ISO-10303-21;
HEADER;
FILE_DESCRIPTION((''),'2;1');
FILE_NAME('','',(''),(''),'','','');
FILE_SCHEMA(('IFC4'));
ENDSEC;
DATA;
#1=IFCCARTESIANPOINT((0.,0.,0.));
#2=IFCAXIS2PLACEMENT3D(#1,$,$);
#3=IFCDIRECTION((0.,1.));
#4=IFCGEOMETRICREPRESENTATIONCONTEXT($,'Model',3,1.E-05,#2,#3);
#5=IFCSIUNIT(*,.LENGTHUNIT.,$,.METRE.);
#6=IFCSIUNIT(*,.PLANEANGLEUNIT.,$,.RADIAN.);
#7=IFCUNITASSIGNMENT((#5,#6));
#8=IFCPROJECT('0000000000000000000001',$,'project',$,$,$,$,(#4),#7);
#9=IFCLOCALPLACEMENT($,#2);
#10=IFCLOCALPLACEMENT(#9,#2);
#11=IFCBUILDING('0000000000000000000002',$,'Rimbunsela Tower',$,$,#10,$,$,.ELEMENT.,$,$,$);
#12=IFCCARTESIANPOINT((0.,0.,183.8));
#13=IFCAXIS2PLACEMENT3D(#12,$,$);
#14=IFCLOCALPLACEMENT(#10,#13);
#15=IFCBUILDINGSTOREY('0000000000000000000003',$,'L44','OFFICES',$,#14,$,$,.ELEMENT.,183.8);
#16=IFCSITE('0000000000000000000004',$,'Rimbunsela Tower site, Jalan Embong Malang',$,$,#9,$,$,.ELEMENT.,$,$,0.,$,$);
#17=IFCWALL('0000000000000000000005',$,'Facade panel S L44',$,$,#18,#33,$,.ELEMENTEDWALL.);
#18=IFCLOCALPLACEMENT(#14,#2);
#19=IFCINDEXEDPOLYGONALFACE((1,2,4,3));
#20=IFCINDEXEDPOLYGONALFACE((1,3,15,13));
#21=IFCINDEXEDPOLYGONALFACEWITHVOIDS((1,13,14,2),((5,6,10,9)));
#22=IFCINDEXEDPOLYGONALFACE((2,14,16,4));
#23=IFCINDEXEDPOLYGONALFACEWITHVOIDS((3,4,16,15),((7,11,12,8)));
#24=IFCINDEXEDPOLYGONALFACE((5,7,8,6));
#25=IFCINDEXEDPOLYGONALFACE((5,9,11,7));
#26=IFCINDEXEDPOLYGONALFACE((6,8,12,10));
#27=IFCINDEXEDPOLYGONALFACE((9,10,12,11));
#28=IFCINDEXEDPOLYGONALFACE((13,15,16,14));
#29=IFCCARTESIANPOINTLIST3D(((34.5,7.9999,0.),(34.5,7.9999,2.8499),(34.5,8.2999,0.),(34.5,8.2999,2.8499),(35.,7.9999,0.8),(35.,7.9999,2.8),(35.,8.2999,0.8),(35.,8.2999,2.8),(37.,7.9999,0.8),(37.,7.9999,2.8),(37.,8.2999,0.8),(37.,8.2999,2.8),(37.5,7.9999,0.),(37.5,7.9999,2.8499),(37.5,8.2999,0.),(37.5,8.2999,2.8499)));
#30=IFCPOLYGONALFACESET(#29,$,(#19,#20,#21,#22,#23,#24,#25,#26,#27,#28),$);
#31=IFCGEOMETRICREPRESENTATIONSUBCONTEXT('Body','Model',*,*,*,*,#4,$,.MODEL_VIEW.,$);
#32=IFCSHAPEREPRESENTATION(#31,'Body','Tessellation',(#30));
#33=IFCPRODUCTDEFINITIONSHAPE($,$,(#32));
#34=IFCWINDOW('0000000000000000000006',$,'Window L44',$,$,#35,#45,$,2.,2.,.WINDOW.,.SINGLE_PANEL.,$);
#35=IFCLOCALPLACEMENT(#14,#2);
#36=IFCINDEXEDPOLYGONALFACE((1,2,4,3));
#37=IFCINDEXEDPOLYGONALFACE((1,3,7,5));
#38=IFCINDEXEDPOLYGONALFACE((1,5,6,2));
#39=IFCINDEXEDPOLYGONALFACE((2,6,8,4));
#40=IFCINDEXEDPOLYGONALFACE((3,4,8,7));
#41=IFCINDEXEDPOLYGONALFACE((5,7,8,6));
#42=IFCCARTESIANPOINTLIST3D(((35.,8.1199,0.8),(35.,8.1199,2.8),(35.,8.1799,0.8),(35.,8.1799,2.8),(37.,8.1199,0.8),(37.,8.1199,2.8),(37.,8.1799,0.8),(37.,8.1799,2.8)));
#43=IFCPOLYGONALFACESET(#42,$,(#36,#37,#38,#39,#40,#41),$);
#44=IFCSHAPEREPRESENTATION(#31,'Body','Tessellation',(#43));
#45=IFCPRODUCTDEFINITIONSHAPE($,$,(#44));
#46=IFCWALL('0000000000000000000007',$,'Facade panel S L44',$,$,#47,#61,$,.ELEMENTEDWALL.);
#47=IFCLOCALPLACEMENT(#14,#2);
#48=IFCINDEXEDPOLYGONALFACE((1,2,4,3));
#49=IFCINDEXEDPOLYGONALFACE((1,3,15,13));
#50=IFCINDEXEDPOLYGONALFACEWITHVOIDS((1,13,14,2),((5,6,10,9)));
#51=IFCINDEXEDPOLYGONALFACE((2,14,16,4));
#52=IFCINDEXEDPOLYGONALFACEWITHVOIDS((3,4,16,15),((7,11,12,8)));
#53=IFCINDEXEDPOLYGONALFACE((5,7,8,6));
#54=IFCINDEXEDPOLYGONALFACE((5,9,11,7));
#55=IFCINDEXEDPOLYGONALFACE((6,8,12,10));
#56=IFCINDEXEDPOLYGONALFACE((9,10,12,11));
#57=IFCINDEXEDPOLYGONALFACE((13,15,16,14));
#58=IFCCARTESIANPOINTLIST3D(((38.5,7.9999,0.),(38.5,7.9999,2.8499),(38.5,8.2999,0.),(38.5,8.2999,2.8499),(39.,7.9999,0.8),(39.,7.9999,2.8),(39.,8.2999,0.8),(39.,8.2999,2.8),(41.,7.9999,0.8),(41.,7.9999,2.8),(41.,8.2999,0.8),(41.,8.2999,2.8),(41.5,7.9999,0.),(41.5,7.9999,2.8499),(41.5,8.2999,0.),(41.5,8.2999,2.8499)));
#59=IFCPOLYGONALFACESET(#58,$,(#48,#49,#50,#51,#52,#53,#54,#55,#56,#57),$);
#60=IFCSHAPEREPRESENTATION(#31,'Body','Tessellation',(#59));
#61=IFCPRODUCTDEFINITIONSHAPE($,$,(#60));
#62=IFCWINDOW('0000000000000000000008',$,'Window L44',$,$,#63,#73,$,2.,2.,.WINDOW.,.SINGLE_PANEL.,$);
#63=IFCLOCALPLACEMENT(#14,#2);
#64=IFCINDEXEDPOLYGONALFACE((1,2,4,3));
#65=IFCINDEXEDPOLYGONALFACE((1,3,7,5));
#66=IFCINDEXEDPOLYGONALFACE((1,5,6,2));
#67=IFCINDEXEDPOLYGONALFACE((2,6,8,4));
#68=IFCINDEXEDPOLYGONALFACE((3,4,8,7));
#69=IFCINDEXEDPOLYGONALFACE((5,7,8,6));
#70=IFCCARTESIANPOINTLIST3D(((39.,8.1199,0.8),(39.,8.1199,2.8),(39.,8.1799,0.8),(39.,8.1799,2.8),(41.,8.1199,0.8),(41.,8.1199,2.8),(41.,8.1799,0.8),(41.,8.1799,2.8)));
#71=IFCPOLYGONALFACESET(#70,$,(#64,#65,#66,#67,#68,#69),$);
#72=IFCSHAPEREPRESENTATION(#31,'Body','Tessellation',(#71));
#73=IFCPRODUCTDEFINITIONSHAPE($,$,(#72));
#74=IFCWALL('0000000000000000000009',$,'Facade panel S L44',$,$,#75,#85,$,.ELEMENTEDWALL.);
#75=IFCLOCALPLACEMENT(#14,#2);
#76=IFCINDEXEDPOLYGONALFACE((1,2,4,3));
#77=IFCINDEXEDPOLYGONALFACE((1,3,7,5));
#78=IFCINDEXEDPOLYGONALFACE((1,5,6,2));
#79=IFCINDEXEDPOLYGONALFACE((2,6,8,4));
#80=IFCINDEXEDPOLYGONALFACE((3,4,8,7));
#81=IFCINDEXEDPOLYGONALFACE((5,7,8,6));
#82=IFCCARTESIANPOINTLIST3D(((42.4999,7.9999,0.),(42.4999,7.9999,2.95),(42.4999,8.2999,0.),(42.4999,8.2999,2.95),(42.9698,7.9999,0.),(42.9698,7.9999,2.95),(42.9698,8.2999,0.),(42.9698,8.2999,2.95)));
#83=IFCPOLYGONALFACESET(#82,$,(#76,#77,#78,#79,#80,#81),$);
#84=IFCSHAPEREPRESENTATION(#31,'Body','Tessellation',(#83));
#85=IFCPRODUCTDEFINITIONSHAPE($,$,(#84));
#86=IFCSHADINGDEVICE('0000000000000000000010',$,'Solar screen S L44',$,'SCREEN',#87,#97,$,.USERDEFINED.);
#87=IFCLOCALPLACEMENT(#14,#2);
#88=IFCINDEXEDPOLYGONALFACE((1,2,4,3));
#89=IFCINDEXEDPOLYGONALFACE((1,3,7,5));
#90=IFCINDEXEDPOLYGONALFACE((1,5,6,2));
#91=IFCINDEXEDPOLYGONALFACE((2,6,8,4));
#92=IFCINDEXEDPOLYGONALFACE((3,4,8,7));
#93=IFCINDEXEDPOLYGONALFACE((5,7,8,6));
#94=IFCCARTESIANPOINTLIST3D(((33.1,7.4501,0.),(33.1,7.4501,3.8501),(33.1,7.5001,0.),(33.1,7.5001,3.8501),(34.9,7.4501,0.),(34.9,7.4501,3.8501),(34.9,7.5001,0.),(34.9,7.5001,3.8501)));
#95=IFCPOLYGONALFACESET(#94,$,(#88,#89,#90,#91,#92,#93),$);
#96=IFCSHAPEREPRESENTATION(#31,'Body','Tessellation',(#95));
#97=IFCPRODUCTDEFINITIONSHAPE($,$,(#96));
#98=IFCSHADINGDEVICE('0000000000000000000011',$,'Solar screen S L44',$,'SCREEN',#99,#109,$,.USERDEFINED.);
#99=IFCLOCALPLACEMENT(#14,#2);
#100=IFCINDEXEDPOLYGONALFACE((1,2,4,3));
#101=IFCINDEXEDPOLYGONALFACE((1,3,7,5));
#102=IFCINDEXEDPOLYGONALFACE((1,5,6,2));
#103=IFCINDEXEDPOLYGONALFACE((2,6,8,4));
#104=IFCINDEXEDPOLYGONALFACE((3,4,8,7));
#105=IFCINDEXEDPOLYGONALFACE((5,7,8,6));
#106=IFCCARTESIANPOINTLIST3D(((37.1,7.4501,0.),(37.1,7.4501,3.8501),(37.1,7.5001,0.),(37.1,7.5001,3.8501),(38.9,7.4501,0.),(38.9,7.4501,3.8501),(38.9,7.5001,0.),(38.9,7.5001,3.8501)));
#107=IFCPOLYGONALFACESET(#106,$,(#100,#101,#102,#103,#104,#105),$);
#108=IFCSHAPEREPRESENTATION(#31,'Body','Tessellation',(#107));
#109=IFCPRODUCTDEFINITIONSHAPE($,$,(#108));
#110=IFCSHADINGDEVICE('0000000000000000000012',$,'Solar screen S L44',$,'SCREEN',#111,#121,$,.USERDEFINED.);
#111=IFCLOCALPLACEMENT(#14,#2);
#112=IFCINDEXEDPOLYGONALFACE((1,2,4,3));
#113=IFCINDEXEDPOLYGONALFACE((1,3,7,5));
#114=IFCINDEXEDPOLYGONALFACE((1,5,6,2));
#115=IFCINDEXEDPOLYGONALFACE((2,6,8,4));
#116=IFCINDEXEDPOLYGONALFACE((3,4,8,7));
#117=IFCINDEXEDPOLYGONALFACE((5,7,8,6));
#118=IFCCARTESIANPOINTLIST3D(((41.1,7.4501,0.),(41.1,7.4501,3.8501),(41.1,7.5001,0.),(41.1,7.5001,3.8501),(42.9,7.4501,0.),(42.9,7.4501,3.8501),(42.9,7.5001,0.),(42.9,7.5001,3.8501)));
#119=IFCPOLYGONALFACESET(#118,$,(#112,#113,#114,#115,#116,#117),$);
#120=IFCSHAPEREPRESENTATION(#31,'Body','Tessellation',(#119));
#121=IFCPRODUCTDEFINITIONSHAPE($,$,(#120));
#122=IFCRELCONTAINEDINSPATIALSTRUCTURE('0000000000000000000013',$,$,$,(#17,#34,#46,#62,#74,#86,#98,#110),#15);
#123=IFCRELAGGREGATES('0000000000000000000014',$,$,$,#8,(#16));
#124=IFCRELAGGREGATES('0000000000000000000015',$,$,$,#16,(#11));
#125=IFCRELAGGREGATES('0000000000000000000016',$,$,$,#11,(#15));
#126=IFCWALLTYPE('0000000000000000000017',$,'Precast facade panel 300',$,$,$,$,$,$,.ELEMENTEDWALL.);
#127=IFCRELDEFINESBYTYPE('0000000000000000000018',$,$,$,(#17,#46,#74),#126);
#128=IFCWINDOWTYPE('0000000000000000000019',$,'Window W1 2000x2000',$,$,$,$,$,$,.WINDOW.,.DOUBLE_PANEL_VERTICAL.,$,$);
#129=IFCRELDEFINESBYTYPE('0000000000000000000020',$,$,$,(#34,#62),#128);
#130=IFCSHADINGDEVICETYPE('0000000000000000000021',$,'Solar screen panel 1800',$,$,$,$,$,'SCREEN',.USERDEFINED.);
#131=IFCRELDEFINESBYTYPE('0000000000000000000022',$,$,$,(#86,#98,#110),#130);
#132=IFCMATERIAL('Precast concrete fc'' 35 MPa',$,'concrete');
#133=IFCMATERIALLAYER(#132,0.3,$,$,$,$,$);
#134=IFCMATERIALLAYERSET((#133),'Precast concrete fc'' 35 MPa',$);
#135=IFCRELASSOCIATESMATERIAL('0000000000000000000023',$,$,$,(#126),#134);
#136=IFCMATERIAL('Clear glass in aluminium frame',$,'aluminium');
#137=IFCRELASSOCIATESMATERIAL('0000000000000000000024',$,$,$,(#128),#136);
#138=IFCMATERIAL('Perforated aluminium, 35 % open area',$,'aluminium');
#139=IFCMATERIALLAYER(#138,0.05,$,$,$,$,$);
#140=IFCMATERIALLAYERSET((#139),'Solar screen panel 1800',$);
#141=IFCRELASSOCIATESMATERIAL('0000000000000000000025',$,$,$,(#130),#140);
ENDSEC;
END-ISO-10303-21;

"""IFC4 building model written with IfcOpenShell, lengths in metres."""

from ifc_helpers import new_model, si_unit, direction, frame, frame_2d, origin, origin_2d, place, context, subcontext, project, spatial, rectangle, extrude, material, layer, layer_set, type_object, element, fill, save


model = new_model("IFC4")

# Units and contexts
model_context = context("Model", 3, precision=1e-05, world=origin(), true_north=direction((0.0, 1.0)))
body_context = subcontext(model_context, "Body", "Model", "MODEL_VIEW")
ifc_project = project(units=[si_unit("LENGTHUNIT", "METRE"), si_unit("PLANEANGLEUNIT", "RADIAN")], contexts=[model_context])

# Site, building, storey
site_placement = place(None, origin())
site = spatial("IfcSite", under=ifc_project, at=site_placement, Name="Rimbunsela Tower site, Jalan Embong Malang", CompositionType="ELEMENT", RefElevation=0.0)
building_placement = place(site_placement, origin())
building = spatial("IfcBuilding", under=site, at=building_placement, Name="Rimbunsela Tower", CompositionType="ELEMENT")
storey_placement = place(building_placement, frame((0.0, 0.0, 183.8)))
storey = spatial("IfcBuildingStorey", under=building, at=storey_placement, Name="L44", Description="OFFICES", CompositionType="ELEMENT", Elevation=183.8)

# Walls, openings, windows
ifc_material_1 = material(Name="Precast concrete fc' 35 MPa", Category="concrete")
ifc_layer_1 = layer(ifc_material_1, 0.3)
ifc_layer_set_1 = layer_set([ifc_layer_1], Name="Precast concrete fc' 35 MPa")
wall_type = type_object("IfcWallType", Name="Precast facade panel 300", PredefinedType="ELEMENTEDWALL", material=ifc_layer_set_1)
wall_1_placement = place(storey_placement, frame((34.5, 8.1499, 0.0), z_axis=(0.0, 0.0, 1.0), x_axis=(1.0, 0.0, 0.0)))
wall_1 = element("IfcWall", 1, at=wall_1_placement, inside=storey, type_object=wall_type, Name="Facade panel S L44", PredefinedType="ELEMENTEDWALL", context=body_context, shape_type="SweptSolid", body=[
    extrude(rectangle(XDim=3.0, YDim=0.3, at=frame_2d((1.5, 0.0))), origin(), (0.0, 0.0, 1.0), 2.8499),
])
opening_1_placement = place(wall_1_placement, frame((0.5, 0.0, 0.8)))
opening_1 = element("IfcOpeningElement", 2, at=opening_1_placement, cuts=wall_1, PredefinedType="OPENING", context=body_context, shape_type="SweptSolid", body=[
    extrude(rectangle(XDim=2.0, YDim=2.0, at=frame_2d((1.0, 1.0))), frame((0.0, 0.1599, 0.0), z_axis=(0.0, -1.0, 0.0), x_axis=(1.0, 0.0, 0.0)), (0.0, 0.0, 1.0), 0.3201),
])
ifc_material_2 = material(Name="Clear glass in aluminium frame", Category="aluminium")
window_type = type_object("IfcWindowType", Name="Window W1 2000x2000", PartitioningType="DOUBLE_PANEL_VERTICAL", PredefinedType="WINDOW", material=ifc_material_2)
window_1_placement = place(opening_1_placement, origin())
window_1 = element("IfcWindow", 3, at=window_1_placement, inside=storey, type_object=window_type, Name="Window L44", OverallHeight=2.0, OverallWidth=2.0, PartitioningType="SINGLE_PANEL", PredefinedType="WINDOW", context=body_context, shape_type="SweptSolid", body=[
    extrude(rectangle(XDim=2.0, YDim=2.0, at=frame_2d((1.0, 1.0))), frame((0.0, 0.03, 0.0), z_axis=(0.0, -1.0, 0.0), x_axis=(1.0, 0.0, 0.0)), (0.0, 0.0, 1.0), 0.0601),
])
fill(opening_1, window_1)
wall_2_placement = place(storey_placement, frame((38.5, 8.1499, 0.0), z_axis=(0.0, 0.0, 1.0), x_axis=(1.0, 0.0, 0.0)))
wall_2 = element("IfcWall", 4, at=wall_2_placement, inside=storey, type_object=wall_type, Name="Facade panel S L44", PredefinedType="ELEMENTEDWALL", context=body_context, shape_type="SweptSolid", body=[
    extrude(rectangle(XDim=3.0, YDim=0.3, at=frame_2d((1.5, 0.0))), origin(), (0.0, 0.0, 1.0), 2.8499),
])
opening_2_placement = place(wall_2_placement, frame((0.5, 0.0, 0.8)))
opening_2 = element("IfcOpeningElement", 5, at=opening_2_placement, cuts=wall_2, PredefinedType="OPENING", context=body_context, shape_type="SweptSolid", body=[
    extrude(rectangle(XDim=2.0, YDim=2.0, at=frame_2d((1.0, 1.0))), frame((0.0, 0.1599, 0.0), z_axis=(0.0, -1.0, 0.0), x_axis=(1.0, 0.0, 0.0)), (0.0, 0.0, 1.0), 0.3201),
])
window_2_placement = place(opening_2_placement, origin())
window_2 = element("IfcWindow", 6, at=window_2_placement, inside=storey, type_object=window_type, Name="Window L44", OverallHeight=2.0, OverallWidth=2.0, PartitioningType="SINGLE_PANEL", PredefinedType="WINDOW", context=body_context, shape_type="SweptSolid", body=[
    extrude(rectangle(XDim=2.0, YDim=2.0, at=frame_2d((1.0, 1.0))), frame((0.0, 0.03, 0.0), z_axis=(0.0, -1.0, 0.0), x_axis=(1.0, 0.0, 0.0)), (0.0, 0.0, 1.0), 0.0601),
])
fill(opening_2, window_2)

# Wall
wall_3_placement = place(storey_placement, frame((42.5, 8.1499, 0.0), z_axis=(0.0, 0.0, 1.0), x_axis=(1.0, 0.0, 0.0)))
element("IfcWall", 7, at=wall_3_placement, inside=storey, type_object=wall_type, Name="Facade panel S L44", PredefinedType="ELEMENTEDWALL", context=body_context, shape_type="SweptSolid", body=[
    extrude(rectangle(XDim=0.47, YDim=0.3, at=frame_2d((0.2349, 0.0))), origin(), (0.0, 0.0, 1.0), 2.95),
])

# Shading devices
ifc_material_3 = material(Name="Perforated aluminium, 35 % open area", Category="aluminium")
ifc_layer_2 = layer(ifc_material_3, 0.05)
ifc_layer_set_2 = layer_set([ifc_layer_2], Name="Solar screen panel 1800")
shading_device_type = type_object("IfcShadingDeviceType", Name="Solar screen panel 1800", ElementType="SCREEN", PredefinedType="USERDEFINED", material=ifc_layer_set_2)
for number, where, z_axis, x_axis, name in (
    (8, (34.0, 7.4751, 0.0), (0.0, 0.0, 1.0), (1.0, 0.0, 0.0), "Solar screen S L44"),
    (9, (38.0, 7.4751, 0.0), (0.0, 0.0, 1.0), (1.0, 0.0, 0.0), "Solar screen S L44"),
    (10, (42.0, 7.4751, 0.0), (0.0, 0.0, 1.0), (1.0, 0.0, 0.0), "Solar screen S L44"),
):
    element("IfcShadingDevice", number, at=place(storey_placement, frame(where, z_axis=z_axis, x_axis=x_axis)), inside=storey, type_object=shading_device_type, Name=name, ObjectType="SCREEN", PredefinedType="USERDEFINED", context=body_context, shape_type="SweptSolid", body=[
        extrude(rectangle(XDim=1.8, YDim=0.05, at=origin_2d()), origin(), (0.0, 0.0, 1.0), 3.8501),
    ])

save(model, "model.ifc")
